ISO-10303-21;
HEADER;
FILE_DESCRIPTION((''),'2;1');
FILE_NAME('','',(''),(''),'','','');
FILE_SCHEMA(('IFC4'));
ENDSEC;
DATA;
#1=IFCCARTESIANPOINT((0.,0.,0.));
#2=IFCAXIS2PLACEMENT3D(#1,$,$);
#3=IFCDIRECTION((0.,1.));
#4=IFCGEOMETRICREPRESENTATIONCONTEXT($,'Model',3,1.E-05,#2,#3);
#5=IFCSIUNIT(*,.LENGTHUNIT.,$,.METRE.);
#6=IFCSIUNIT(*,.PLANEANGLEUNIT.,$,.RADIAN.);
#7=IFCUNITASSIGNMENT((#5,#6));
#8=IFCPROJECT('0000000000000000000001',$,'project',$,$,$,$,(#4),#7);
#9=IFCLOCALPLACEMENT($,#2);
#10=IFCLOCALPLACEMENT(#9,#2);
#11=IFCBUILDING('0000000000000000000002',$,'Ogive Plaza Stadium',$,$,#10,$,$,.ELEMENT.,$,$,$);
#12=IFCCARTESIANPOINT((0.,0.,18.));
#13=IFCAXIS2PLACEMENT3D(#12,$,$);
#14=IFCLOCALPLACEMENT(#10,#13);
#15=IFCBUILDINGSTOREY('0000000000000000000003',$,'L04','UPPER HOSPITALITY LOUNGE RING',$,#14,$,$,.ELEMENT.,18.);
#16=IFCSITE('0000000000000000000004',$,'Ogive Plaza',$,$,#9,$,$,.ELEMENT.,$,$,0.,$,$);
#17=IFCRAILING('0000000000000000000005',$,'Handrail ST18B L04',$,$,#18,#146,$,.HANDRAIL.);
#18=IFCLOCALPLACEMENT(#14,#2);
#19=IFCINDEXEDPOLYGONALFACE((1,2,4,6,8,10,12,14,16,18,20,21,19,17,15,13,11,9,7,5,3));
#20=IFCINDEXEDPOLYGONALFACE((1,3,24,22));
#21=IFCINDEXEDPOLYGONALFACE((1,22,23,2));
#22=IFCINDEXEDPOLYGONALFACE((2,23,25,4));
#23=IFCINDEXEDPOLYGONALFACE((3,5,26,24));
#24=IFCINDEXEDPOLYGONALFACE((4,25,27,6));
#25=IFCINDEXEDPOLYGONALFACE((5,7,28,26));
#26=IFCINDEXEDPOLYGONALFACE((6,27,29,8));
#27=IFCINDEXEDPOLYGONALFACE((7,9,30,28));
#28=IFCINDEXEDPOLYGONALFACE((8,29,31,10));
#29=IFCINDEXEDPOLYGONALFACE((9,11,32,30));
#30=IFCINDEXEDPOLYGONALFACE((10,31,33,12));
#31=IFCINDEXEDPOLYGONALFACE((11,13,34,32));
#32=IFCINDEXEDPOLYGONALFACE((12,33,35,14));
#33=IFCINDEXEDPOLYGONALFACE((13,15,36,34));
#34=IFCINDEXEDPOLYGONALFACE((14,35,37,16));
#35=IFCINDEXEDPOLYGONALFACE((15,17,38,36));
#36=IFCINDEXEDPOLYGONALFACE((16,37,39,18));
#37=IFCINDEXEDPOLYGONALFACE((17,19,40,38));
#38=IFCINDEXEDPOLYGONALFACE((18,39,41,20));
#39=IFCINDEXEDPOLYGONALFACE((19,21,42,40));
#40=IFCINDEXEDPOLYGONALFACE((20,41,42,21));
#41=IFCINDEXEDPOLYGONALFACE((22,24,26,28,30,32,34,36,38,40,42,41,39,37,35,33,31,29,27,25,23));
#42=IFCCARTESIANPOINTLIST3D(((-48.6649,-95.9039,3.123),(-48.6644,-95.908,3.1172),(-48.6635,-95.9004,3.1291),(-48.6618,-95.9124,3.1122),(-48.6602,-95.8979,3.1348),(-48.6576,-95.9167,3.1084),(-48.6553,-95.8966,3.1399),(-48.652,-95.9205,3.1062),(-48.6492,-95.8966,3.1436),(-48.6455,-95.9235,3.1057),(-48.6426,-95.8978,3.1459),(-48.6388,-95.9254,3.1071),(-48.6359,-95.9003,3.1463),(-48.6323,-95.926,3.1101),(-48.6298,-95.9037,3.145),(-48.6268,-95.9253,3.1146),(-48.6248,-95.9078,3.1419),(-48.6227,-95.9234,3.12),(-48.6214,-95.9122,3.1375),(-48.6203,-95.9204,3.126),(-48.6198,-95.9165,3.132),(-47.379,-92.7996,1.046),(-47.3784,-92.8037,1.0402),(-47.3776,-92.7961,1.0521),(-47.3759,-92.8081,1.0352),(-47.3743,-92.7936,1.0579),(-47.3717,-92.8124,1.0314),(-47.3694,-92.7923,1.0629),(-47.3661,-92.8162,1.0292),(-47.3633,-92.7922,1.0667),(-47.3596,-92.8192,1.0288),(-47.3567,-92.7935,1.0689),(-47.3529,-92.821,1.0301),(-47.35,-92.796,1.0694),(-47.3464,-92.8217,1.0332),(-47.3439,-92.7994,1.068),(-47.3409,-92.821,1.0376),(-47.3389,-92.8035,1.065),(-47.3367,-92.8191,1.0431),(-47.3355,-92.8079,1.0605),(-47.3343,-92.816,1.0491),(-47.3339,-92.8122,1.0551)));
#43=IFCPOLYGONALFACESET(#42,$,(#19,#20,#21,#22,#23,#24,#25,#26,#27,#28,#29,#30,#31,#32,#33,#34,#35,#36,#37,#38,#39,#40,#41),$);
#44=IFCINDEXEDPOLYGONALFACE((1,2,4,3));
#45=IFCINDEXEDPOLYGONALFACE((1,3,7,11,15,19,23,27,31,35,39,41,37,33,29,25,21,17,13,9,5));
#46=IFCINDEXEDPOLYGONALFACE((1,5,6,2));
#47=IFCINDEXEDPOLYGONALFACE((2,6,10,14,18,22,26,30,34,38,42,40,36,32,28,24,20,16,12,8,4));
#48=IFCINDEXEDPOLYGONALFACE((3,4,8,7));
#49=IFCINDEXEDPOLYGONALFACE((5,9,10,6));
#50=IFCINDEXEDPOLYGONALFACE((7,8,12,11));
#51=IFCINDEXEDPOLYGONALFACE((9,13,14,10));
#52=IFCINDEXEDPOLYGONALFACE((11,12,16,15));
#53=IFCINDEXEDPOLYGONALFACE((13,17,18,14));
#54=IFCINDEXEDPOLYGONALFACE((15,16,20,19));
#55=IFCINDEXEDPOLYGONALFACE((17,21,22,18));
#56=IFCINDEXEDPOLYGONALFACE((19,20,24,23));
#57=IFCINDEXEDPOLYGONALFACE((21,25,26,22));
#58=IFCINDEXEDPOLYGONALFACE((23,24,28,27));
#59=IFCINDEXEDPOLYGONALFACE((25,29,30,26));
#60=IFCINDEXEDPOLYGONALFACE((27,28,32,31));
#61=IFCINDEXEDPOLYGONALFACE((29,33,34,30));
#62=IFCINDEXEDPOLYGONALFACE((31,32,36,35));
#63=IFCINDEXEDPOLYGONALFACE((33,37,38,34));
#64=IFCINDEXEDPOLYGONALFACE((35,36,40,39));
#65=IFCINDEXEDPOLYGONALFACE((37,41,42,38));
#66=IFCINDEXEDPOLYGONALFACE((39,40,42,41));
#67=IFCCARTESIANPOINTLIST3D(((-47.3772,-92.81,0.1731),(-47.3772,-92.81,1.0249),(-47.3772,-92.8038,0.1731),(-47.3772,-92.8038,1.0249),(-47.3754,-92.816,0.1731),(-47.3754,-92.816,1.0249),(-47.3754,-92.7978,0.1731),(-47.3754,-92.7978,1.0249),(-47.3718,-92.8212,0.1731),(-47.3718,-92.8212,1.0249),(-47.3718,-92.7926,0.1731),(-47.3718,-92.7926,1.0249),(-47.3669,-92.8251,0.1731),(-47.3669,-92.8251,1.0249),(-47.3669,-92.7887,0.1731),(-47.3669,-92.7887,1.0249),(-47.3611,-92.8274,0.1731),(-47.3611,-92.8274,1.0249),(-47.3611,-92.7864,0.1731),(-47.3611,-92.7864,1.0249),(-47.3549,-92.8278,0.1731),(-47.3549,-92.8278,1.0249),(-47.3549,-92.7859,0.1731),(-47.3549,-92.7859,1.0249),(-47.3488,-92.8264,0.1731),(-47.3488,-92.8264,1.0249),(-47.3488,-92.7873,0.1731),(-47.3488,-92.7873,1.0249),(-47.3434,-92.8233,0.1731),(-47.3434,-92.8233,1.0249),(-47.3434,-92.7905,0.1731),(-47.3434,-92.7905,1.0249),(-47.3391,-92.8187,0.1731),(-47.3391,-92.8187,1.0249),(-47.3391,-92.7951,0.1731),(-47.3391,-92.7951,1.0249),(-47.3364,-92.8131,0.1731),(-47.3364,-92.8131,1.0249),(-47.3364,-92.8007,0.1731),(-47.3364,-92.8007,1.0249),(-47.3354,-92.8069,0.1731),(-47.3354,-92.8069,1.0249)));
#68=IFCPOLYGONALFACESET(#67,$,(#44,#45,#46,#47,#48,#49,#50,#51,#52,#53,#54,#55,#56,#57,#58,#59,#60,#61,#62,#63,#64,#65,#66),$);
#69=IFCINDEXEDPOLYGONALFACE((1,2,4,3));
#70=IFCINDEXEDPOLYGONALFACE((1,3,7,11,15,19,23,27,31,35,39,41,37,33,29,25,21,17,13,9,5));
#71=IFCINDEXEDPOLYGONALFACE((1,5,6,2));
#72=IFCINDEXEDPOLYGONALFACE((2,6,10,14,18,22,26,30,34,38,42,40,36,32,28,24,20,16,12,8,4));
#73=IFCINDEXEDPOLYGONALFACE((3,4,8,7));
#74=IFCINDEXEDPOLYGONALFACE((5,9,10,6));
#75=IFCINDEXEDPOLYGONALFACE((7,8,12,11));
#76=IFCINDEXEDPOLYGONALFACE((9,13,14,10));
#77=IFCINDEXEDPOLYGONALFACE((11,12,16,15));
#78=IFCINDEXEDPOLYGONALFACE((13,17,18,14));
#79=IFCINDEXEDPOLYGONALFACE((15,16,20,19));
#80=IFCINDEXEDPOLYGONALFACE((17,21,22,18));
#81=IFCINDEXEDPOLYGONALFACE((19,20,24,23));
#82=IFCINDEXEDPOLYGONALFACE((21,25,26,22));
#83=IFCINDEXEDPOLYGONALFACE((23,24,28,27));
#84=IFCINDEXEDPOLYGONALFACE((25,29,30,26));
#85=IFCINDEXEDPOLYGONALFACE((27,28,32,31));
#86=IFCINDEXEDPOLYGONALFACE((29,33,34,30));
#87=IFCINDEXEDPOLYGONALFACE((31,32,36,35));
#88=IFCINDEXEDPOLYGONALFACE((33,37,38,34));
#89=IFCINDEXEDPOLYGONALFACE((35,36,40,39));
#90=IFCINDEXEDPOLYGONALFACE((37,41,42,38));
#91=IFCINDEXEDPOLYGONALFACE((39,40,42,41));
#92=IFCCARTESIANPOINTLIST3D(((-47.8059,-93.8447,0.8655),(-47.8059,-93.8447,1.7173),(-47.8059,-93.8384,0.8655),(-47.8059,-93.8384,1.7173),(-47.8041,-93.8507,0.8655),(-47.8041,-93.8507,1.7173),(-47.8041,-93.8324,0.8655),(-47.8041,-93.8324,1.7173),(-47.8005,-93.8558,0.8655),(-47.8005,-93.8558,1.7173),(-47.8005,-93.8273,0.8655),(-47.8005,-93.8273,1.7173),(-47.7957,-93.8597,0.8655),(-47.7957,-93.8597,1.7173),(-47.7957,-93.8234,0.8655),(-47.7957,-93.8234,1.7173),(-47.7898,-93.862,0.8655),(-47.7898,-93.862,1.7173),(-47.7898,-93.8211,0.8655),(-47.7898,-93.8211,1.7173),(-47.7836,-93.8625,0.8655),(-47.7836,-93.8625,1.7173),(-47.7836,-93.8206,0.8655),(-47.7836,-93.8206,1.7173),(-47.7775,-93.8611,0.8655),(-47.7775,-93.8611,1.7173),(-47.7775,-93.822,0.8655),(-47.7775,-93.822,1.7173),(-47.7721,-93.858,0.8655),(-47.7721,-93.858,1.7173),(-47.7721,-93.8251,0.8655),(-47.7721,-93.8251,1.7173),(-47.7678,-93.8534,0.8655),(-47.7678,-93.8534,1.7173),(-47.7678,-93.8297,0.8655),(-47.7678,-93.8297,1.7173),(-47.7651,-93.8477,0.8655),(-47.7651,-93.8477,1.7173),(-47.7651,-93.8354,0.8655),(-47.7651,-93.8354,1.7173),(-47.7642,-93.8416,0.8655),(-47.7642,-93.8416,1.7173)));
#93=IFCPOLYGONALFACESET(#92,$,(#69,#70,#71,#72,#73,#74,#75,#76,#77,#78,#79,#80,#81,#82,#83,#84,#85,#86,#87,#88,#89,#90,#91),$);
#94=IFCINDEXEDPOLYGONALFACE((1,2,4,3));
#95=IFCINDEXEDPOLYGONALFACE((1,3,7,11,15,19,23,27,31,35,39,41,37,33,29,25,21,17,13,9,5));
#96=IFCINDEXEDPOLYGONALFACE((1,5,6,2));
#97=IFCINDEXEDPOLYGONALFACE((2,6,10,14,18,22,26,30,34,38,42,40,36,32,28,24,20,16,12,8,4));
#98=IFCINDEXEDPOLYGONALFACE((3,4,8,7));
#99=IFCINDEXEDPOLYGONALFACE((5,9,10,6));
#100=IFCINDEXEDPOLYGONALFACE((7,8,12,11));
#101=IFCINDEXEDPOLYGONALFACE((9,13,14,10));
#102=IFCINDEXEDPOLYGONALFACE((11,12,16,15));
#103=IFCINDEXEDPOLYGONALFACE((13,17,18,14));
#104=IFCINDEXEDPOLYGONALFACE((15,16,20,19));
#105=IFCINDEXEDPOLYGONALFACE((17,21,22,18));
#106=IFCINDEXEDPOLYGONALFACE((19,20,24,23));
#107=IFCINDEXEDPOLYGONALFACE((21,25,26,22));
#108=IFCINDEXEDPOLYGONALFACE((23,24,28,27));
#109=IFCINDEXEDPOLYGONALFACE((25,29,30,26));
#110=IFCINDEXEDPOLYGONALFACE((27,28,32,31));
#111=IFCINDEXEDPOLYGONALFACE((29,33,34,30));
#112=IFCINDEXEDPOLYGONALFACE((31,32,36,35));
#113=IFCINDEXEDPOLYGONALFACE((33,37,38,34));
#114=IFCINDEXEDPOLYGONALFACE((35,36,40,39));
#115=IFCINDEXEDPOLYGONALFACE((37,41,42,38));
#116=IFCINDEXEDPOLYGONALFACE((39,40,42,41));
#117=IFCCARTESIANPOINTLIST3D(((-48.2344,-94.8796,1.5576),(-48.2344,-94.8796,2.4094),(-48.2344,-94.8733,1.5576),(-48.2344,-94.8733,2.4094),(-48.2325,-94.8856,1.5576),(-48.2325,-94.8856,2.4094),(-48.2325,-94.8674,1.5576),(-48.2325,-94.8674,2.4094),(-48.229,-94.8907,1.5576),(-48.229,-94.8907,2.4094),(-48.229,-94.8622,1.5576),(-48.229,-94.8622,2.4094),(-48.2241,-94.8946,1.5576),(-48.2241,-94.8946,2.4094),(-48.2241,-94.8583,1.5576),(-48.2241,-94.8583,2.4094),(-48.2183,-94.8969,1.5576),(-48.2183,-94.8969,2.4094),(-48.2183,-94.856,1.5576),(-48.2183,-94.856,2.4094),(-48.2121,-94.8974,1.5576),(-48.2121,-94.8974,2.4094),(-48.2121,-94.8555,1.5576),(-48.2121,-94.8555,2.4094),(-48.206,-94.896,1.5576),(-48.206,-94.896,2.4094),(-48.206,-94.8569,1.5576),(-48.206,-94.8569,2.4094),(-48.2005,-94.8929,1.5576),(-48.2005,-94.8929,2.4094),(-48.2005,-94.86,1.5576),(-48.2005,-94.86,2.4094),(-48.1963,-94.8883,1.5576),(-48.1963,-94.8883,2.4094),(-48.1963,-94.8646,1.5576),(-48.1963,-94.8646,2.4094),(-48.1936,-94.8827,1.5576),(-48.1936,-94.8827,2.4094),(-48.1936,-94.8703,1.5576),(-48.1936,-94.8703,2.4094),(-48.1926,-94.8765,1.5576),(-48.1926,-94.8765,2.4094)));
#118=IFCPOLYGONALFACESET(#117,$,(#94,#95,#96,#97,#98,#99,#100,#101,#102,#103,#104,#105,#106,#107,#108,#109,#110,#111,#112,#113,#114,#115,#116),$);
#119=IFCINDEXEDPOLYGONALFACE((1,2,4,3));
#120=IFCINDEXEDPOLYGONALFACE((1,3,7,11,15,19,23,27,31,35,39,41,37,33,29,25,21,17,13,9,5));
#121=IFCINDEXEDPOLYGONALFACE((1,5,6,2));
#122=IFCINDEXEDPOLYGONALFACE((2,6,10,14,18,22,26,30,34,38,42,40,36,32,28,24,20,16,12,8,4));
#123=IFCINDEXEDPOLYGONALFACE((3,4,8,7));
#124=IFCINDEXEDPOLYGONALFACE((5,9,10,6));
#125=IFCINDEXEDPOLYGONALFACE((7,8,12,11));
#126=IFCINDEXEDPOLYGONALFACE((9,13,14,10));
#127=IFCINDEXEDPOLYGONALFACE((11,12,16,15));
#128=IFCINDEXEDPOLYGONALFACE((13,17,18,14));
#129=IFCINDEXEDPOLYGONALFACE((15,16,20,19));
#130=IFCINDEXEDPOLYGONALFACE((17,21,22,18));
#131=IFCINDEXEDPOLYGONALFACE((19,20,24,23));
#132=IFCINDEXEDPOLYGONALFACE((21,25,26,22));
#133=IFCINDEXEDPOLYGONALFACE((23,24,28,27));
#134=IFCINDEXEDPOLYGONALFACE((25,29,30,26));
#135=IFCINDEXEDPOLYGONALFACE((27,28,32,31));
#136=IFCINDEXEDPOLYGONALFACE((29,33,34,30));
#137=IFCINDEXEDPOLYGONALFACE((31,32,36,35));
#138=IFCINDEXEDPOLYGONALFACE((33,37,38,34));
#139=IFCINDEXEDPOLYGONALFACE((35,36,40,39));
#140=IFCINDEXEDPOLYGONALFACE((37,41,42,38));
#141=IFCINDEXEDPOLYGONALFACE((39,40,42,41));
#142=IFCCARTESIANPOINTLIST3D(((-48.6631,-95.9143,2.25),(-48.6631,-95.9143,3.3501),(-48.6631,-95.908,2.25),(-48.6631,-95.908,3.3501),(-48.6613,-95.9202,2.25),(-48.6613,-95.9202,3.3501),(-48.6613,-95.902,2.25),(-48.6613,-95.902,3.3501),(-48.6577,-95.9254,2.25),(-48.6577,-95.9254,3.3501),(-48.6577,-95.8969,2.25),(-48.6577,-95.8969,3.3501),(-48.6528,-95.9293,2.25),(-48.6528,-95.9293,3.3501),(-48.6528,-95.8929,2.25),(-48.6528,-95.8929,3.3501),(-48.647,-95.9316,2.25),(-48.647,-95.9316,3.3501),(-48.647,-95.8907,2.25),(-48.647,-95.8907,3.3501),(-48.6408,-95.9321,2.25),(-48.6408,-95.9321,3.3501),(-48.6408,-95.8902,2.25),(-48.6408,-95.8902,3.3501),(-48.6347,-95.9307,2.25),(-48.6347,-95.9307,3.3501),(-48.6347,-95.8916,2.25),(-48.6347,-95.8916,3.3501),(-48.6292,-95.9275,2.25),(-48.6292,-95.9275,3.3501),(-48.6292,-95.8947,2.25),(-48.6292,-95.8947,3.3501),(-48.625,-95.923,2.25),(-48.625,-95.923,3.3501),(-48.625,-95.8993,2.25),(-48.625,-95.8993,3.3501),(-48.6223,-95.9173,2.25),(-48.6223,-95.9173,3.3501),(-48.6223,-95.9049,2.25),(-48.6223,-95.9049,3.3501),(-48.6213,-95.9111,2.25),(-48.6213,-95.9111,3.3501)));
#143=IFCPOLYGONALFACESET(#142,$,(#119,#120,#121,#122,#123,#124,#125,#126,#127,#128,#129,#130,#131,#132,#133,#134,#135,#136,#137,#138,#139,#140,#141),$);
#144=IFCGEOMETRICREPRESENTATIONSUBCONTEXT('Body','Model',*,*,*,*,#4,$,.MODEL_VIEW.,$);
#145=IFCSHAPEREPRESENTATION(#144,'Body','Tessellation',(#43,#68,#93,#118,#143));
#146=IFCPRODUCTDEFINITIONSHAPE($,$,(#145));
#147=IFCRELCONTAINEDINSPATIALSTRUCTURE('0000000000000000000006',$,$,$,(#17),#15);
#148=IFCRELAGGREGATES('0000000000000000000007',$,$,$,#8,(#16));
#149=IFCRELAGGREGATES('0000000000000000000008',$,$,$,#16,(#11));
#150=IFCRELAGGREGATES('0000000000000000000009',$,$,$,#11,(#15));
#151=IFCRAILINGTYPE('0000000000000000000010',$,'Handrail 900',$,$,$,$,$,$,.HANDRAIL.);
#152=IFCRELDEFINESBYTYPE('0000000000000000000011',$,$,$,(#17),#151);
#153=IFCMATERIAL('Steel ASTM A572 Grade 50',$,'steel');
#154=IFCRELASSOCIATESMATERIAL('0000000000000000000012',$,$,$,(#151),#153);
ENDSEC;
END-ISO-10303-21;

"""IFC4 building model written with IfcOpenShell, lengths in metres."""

from ifc_helpers import new_model, si_unit, direction, frame, origin, origin_2d, place, context, subcontext, project, spatial, circle, extrude, material, type_object, element, save


model = new_model("IFC4")

# Units and contexts
model_context = context("Model", 3, precision=1e-05, world=origin(), true_north=direction((0.0, 1.0)))
body_context = subcontext(model_context, "Body", "Model", "MODEL_VIEW")
ifc_project = project(units=[si_unit("LENGTHUNIT", "METRE"), si_unit("PLANEANGLEUNIT", "RADIAN")], contexts=[model_context])

# Site, building, storey
site_placement = place(None, origin())
site = spatial("IfcSite", under=ifc_project, at=site_placement, Name="Ogive Plaza", CompositionType="ELEMENT", RefElevation=0.0)
building_placement = place(site_placement, origin())
building = spatial("IfcBuilding", under=site, at=building_placement, Name="Ogive Plaza Stadium", CompositionType="ELEMENT")
storey_placement = place(building_placement, frame((0.0, 0.0, 18.0)))
storey = spatial("IfcBuildingStorey", under=building, at=storey_placement, Name="L04", Description="UPPER HOSPITALITY LOUNGE RING", CompositionType="ELEMENT", Elevation=18.0)

# Railing
ifc_material_1 = material(Name="Steel ASTM A572 Grade 50", Category="steel")
railing_type_1 = type_object("IfcRailingType", Name="Handrail 900", PredefinedType="HANDRAIL", material=ifc_material_1)
for number, where, name in (
    (1, (-47.3564, -92.8069, 0.1731), "Handrail ST18B L04"),
):
    element("IfcRailing", number, at=place(storey_placement, frame(where)), inside=storey, type_object=railing_type_1, Name=name, PredefinedType="HANDRAIL", context=body_context, shape_type="SweptSolid", body=[
        extrude(circle(Radius=0.0239, at=origin_2d()), frame((0.0, 0.0, 0.876), z_axis=(-0.325532, -0.785863, 0.525783), x_axis=(0.923872, -0.3827, 0.0)), (0.0, 0.0, 1.0), 3.9502),
        extrude(circle(Radius=0.021, at=origin_2d()), origin(), (0.0, 0.0, 1.0), 0.8518),
        extrude(circle(Radius=0.021, at=origin_2d()), frame((-0.4287, -1.0347, 0.6924)), (0.0, 0.0, 1.0), 0.8518),
        extrude(circle(Radius=0.021, at=origin_2d()), frame((-0.8572, -2.0696, 1.3845)), (0.0, 0.0, 1.0), 0.8518),
        extrude(circle(Radius=0.021, at=origin_2d()), frame((-1.2859, -3.1042, 2.0769)), (0.0, 0.0, 1.0), 1.1001),
    ])

save(model, "model.ifc")
